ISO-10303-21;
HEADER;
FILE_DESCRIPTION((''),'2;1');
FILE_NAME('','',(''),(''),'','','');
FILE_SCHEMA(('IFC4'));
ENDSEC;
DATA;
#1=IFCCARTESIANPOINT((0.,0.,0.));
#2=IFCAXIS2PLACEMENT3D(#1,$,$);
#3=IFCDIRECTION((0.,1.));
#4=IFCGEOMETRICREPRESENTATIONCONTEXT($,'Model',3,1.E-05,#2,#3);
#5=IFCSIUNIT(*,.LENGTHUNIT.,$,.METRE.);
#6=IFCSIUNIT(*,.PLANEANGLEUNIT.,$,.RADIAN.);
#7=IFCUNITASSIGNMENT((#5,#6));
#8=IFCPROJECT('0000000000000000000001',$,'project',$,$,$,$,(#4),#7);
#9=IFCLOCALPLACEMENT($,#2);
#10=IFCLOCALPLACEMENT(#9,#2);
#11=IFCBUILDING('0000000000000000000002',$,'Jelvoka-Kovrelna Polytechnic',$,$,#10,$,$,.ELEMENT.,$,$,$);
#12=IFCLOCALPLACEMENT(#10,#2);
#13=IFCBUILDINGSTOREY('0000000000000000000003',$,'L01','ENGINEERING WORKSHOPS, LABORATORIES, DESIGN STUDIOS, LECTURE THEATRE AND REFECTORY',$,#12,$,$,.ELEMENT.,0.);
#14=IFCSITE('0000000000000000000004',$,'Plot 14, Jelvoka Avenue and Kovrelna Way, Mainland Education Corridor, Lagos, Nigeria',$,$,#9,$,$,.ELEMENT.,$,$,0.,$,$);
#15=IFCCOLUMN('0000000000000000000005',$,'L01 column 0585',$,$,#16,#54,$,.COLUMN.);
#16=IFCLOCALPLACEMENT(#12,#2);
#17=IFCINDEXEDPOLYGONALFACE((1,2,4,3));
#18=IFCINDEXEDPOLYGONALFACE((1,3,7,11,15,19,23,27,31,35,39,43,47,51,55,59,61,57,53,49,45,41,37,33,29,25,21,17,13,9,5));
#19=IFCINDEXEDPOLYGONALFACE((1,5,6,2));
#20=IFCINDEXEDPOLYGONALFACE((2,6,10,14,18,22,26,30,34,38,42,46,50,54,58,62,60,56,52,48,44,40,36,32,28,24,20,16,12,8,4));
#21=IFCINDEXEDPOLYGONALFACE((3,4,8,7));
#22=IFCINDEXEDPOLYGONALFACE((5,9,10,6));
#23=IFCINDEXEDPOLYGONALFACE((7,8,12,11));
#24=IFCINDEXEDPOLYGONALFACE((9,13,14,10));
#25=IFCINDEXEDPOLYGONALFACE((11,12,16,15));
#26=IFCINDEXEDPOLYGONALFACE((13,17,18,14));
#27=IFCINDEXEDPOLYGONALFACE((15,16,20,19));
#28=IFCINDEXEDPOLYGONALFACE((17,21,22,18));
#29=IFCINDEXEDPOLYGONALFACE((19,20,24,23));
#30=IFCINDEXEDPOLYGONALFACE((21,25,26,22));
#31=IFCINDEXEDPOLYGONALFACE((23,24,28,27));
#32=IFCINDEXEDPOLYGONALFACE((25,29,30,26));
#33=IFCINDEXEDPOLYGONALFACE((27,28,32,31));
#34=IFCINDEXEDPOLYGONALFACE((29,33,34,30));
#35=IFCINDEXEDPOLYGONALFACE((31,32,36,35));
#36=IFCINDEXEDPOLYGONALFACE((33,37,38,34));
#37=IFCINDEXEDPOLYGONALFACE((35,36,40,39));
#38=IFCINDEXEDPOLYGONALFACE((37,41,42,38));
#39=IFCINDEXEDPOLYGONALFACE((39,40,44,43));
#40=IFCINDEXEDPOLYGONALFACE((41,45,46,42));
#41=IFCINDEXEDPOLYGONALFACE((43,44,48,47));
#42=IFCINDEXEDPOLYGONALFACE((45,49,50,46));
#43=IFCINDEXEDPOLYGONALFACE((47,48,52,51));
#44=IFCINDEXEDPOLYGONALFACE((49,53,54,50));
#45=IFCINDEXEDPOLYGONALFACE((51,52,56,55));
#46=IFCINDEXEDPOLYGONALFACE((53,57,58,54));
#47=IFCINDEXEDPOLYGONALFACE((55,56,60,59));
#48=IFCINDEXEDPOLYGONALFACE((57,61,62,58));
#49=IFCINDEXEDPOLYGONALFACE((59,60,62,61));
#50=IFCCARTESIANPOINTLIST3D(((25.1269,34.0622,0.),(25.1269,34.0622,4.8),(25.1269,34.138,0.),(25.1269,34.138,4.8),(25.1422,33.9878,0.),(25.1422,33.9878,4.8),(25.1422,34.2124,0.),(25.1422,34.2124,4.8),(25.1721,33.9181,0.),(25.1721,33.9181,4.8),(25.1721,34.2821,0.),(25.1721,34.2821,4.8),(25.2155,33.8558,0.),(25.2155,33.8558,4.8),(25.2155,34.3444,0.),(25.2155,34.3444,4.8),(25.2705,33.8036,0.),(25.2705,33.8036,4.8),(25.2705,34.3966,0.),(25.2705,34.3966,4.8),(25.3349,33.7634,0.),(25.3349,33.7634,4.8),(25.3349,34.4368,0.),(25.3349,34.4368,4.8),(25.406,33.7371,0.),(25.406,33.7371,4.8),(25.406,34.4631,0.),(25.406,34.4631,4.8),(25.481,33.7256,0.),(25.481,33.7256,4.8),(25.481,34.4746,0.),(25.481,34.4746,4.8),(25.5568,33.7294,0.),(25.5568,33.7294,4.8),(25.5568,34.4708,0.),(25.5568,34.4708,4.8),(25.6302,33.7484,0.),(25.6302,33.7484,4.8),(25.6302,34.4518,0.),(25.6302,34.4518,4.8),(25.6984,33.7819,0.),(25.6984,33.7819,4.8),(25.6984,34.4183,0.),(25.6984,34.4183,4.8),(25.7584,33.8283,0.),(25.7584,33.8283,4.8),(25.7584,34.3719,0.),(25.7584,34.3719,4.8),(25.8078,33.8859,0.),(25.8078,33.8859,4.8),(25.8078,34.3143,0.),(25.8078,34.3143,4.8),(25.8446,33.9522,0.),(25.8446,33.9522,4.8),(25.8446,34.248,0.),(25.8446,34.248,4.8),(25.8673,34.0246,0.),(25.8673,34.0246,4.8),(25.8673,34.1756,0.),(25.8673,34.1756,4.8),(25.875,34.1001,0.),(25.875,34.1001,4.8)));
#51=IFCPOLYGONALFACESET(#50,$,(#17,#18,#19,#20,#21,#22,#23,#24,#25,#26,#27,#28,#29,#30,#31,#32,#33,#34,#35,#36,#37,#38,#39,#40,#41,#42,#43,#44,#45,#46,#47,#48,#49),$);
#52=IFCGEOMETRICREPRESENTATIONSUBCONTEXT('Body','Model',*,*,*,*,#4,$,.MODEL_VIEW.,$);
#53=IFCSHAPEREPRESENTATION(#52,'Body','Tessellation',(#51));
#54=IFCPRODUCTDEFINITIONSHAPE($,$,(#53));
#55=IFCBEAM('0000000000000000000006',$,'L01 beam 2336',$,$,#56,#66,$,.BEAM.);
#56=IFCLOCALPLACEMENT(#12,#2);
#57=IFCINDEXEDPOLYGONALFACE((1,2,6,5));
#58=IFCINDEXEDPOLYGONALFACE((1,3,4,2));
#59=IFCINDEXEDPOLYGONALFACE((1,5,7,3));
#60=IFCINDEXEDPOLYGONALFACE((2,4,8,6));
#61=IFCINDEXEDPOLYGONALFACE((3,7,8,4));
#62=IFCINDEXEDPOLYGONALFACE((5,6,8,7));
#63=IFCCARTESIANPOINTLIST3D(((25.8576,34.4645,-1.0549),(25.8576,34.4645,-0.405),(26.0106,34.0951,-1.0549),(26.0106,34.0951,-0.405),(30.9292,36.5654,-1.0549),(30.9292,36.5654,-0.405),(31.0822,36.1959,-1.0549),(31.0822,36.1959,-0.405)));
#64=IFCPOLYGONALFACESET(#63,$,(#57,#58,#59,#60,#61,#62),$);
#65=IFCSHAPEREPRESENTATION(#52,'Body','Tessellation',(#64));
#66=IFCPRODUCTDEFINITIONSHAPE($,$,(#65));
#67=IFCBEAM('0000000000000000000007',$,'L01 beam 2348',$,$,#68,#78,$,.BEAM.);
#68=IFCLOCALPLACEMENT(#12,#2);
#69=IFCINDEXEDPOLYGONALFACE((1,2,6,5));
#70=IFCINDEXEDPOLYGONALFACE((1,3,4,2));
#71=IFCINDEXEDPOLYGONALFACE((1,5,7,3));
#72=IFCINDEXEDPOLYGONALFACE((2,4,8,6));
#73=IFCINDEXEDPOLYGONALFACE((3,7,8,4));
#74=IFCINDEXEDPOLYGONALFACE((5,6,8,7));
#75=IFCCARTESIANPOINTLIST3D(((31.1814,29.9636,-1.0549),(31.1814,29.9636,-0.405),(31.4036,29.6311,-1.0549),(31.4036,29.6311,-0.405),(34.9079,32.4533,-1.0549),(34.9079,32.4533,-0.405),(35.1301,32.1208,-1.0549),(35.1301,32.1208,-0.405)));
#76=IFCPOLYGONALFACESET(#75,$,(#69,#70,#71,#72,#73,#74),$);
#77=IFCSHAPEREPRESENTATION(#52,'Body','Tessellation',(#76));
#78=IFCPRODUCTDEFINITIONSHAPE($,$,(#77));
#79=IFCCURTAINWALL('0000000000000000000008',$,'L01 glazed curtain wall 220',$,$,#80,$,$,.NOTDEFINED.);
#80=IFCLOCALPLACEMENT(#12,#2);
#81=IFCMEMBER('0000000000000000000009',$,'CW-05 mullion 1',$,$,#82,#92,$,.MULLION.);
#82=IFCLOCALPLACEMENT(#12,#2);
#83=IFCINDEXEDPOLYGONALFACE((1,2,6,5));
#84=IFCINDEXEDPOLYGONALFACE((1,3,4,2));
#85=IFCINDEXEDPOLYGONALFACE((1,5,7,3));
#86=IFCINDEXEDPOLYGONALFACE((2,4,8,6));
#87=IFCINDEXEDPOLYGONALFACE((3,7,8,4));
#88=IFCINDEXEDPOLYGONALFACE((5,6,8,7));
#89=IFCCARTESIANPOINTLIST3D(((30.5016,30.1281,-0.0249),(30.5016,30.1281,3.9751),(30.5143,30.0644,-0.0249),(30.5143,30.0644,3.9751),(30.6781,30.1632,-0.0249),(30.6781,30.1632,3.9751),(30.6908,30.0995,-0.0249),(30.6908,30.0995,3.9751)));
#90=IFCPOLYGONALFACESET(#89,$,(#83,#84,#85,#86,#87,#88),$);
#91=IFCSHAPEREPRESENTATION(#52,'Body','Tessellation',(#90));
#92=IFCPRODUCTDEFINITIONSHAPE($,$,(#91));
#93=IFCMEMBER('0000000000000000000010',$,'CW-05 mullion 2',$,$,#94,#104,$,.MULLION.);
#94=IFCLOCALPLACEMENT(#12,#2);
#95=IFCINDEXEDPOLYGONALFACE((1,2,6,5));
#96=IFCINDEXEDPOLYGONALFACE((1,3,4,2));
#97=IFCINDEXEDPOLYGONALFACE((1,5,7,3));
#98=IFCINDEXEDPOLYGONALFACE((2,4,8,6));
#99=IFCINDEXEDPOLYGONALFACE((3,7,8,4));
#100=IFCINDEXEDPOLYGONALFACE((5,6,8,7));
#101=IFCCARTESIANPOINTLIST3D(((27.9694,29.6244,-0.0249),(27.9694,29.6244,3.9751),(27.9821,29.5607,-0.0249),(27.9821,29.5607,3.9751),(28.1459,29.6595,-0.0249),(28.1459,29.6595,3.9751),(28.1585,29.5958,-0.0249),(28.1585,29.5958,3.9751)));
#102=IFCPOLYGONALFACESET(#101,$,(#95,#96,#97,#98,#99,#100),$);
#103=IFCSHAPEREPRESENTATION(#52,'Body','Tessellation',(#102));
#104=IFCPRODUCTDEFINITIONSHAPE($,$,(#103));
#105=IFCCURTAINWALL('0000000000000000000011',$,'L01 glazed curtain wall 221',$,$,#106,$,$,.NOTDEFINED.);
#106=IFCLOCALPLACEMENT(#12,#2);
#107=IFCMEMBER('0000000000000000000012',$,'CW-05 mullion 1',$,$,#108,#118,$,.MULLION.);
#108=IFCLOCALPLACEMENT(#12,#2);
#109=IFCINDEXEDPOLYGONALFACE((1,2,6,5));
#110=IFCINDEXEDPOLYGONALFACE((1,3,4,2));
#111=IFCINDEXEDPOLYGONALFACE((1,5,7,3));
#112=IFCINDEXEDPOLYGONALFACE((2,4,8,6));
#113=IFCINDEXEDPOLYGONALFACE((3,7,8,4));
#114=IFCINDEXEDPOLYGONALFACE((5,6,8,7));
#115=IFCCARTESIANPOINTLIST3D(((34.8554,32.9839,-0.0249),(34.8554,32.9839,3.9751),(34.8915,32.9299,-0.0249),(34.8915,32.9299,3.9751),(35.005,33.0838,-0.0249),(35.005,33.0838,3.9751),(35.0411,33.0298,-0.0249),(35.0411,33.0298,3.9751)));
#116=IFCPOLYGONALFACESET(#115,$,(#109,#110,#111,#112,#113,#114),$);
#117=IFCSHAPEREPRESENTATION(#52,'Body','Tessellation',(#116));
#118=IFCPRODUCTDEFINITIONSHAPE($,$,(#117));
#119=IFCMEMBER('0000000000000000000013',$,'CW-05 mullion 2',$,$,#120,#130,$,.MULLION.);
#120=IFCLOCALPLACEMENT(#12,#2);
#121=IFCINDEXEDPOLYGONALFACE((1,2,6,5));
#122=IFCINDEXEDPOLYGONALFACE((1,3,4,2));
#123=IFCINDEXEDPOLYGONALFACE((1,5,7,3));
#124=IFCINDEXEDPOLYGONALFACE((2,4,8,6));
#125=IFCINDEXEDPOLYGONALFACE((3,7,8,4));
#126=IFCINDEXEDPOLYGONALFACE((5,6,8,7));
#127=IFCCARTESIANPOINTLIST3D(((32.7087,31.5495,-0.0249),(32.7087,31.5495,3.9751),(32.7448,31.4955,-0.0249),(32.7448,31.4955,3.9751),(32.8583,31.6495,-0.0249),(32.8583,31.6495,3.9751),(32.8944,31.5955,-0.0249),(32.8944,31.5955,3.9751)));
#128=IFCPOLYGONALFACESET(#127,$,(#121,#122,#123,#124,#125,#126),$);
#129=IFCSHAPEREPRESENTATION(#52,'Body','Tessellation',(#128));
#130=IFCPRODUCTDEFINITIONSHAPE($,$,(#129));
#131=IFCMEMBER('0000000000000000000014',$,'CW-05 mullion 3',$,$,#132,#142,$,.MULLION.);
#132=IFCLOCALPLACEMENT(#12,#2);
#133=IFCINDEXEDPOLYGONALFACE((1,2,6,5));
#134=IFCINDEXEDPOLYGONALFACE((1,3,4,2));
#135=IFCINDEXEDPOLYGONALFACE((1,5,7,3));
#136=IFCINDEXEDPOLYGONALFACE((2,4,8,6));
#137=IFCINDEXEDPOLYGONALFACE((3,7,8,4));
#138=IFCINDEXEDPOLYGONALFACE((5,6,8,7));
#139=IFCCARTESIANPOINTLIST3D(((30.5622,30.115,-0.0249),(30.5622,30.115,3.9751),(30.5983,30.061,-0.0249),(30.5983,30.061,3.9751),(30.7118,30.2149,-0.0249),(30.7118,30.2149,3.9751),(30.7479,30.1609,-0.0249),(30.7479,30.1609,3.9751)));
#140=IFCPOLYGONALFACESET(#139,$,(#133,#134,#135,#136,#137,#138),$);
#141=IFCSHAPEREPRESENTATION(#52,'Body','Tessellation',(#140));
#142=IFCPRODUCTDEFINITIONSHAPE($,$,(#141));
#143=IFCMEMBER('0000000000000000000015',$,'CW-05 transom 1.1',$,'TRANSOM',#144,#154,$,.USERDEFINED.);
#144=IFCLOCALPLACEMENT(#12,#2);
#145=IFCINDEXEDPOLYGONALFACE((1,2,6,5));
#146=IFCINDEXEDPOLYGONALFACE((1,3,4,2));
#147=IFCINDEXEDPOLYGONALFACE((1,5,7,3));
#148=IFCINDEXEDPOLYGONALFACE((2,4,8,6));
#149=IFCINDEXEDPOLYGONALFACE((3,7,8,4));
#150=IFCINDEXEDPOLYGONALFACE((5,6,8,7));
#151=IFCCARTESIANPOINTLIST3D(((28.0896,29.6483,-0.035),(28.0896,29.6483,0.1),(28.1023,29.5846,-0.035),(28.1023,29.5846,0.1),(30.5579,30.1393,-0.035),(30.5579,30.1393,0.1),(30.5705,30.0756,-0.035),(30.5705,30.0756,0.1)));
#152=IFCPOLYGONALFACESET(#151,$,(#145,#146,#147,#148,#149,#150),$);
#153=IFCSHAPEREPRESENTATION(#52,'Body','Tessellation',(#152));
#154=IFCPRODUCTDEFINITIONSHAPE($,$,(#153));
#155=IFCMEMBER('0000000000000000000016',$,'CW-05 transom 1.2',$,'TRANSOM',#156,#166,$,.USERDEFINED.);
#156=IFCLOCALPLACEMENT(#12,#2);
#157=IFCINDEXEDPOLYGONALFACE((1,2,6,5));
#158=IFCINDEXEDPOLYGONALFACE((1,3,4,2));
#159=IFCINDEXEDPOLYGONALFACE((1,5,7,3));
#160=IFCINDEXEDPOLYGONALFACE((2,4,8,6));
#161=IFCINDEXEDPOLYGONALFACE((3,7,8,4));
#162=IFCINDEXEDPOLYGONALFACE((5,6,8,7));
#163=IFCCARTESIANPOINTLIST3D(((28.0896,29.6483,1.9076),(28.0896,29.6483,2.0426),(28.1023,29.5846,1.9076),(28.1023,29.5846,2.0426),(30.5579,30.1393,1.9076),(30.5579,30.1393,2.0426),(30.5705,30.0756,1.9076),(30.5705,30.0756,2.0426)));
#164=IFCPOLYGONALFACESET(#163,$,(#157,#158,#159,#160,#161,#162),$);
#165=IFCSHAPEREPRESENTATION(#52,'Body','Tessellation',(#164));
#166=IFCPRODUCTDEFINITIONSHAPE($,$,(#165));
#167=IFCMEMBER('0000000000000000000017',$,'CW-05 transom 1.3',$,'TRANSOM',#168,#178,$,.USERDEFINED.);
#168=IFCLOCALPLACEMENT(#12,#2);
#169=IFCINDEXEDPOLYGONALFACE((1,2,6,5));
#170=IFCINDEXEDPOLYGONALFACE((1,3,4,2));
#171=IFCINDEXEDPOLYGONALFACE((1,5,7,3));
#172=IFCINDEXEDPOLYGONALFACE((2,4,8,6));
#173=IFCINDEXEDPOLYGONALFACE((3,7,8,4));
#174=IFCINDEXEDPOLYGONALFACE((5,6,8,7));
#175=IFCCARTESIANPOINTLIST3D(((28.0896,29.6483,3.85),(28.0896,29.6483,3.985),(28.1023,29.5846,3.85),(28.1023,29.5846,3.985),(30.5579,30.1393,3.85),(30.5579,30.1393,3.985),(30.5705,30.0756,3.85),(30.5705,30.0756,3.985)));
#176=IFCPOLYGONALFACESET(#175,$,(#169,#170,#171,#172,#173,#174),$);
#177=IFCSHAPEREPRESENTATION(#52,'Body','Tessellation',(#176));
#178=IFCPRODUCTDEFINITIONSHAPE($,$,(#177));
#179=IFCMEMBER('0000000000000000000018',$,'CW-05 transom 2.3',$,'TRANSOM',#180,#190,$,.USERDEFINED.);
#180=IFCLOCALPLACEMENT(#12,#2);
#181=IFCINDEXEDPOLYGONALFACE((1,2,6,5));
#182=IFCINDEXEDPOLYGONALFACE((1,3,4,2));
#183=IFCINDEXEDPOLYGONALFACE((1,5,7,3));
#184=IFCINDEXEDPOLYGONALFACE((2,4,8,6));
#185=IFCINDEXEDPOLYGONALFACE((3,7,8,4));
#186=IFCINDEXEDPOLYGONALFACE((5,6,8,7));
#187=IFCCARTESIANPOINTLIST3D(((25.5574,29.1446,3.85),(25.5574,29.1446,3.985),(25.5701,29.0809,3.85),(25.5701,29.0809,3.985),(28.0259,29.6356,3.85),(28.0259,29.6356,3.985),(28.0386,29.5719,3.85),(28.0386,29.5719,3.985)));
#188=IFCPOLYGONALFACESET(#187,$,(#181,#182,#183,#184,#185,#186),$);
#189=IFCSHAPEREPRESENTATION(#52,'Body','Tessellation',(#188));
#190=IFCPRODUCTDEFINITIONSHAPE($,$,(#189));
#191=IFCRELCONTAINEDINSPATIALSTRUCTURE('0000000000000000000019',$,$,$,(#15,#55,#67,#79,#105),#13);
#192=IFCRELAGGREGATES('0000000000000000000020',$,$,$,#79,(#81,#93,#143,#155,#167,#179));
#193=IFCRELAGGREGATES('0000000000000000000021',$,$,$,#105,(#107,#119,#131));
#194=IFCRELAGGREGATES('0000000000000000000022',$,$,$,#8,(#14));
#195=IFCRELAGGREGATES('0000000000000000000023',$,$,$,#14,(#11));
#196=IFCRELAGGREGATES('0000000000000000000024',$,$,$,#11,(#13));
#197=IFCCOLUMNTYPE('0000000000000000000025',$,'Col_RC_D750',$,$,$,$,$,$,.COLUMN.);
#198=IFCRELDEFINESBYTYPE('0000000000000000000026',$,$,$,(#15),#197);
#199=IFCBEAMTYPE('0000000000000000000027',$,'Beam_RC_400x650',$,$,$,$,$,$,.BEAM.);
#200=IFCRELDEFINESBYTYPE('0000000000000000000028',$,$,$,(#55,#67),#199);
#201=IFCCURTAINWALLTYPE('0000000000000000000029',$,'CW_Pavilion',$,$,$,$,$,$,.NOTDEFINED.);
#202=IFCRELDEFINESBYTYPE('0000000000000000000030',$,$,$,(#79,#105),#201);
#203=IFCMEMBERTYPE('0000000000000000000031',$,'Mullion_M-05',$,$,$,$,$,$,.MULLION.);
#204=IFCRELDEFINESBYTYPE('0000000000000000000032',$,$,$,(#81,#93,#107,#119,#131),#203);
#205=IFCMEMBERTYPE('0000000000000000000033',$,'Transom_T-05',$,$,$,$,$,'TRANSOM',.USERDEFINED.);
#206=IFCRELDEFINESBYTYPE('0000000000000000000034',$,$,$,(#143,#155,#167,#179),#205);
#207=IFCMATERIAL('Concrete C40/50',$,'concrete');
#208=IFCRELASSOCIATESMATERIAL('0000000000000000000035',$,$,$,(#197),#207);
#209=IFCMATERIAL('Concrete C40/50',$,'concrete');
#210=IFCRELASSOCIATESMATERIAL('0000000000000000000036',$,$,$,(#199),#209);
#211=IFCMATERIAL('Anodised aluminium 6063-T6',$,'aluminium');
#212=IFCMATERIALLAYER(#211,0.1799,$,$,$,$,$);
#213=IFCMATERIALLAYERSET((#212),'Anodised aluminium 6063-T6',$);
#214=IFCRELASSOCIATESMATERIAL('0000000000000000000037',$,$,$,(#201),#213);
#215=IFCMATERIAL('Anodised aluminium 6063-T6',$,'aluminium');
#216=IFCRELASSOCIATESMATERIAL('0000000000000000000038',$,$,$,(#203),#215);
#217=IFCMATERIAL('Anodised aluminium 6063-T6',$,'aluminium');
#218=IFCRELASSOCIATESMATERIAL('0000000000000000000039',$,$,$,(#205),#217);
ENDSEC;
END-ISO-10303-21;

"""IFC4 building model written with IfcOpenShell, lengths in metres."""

from ifc_helpers import new_model, si_unit, direction, frame, origin, origin_2d, place, context, subcontext, project, spatial, rectangle, circle, extrude, material, layer, layer_set, material_profile, profile_set, type_object, element, aggregate, save


model = new_model("IFC4")

# Units and contexts
model_context = context("Model", 3, precision=1e-05, world=origin(), true_north=direction((0.0, 1.0)))
body_context = subcontext(model_context, "Body", "Model", "MODEL_VIEW")
ifc_project = project(units=[si_unit("LENGTHUNIT", "METRE"), si_unit("PLANEANGLEUNIT", "RADIAN")], contexts=[model_context])

# Site, building, storey
site_placement = place(None, origin())
site = spatial("IfcSite", under=ifc_project, at=site_placement, Name="Plot 14, Jelvoka Avenue and Kovrelna Way, Mainland Education Corridor, Lagos, Nigeria", CompositionType="ELEMENT", RefElevation=0.0)
building_placement = place(site_placement, origin())
building = spatial("IfcBuilding", under=site, at=building_placement, Name="Jelvoka-Kovrelna Polytechnic", CompositionType="ELEMENT")
storey_placement = place(building_placement, origin())
storey = spatial("IfcBuildingStorey", under=building, at=storey_placement, Name="L01", Description="ENGINEERING WORKSHOPS, LABORATORIES, DESIGN STUDIOS, LECTURE THEATRE AND REFECTORY", CompositionType="ELEMENT", Elevation=0.0)

# Column
ifc_material_1 = material(Name="Concrete C40/50", Category="concrete")
ifc_material_profile_1 = material_profile(ifc_material_1, circle(Radius=0.375, at=origin_2d()), Name="RC D750")
ifc_profile_set_1 = profile_set([ifc_material_profile_1], Name="Concrete C40/50")
column_type = type_object("IfcColumnType", Name="Col_RC_D750", PredefinedType="COLUMN", material=ifc_profile_set_1)
column_placement = place(storey_placement, frame((25.5, 34.1001, 0.0), z_axis=(0.0, 0.0, 1.0), x_axis=(1.0, 0.0, 0.0)))
element("IfcColumn", 1, at=column_placement, inside=storey, type_object=column_type, Name="L01 column 0585", PredefinedType="COLUMN", context=body_context, shape_type="SweptSolid", body=[
    extrude(circle(Radius=0.375, at=origin_2d()), origin(), (0.0, 0.0, 1.0), 4.8),
])

# Beams
ifc_material_2 = material(Name="Concrete C40/50", Category="concrete")
ifc_material_profile_2 = material_profile(ifc_material_2, rectangle(XDim=0.3999, YDim=0.6499, at=origin_2d()), Name="RC 400x650")
ifc_profile_set_2 = profile_set([ifc_material_profile_2], Name="Concrete C40/50")
beam_type = type_object("IfcBeamType", Name="Beam_RC_400x650", PredefinedType="BEAM", material=ifc_profile_set_2)
beam_1_placement = place(storey_placement, frame((25.9341, 34.2798, -0.73), z_axis=(0.923871, 0.382704, 0.0), x_axis=(-0.382704, 0.923871, 0.0)))
element("IfcBeam", 2, at=beam_1_placement, inside=storey, type_object=beam_type, Name="L01 beam 2336", PredefinedType="BEAM", context=body_context, shape_type="SweptSolid", body=[
    extrude(rectangle(XDim=0.3999, YDim=0.6499, at=origin_2d()), origin(), (0.0, 0.0, 1.0), 5.4895),
])
beam_2_placement = place(storey_placement, frame((31.2925, 29.7974, -0.73), z_axis=(0.831497, 0.55553, 0.0), x_axis=(-0.55553, 0.831497, 0.0)))
element("IfcBeam", 3, at=beam_2_placement, inside=storey, type_object=beam_type, Name="L01 beam 2348", PredefinedType="BEAM", context=body_context, shape_type="SweptSolid", body=[
    extrude(rectangle(XDim=0.3999, YDim=0.6499, at=origin_2d()), origin(), (0.0, 0.0, 1.0), 4.4817),
])

# Curtain walls, members
ifc_material_3 = material(Name="Anodised aluminium 6063-T6", Category="aluminium")
ifc_layer_1 = layer(ifc_material_3, 0.1799)
ifc_layer_set_1 = layer_set([ifc_layer_1], Name="Anodised aluminium 6063-T6")
curtain_wall_type = type_object("IfcCurtainWallType", Name="CW_Pavilion", PredefinedType="NOTDEFINED", material=ifc_layer_set_1)
curtain_wall_1_placement = place(storey_placement, origin())
curtain_wall_1 = element("IfcCurtainWall", 4, at=curtain_wall_1_placement, inside=storey, type_object=curtain_wall_type, Name="L01 glazed curtain wall 220", PredefinedType="NOTDEFINED")
ifc_material_4 = material(Name="Anodised aluminium 6063-T6", Category="aluminium")
ifc_material_profile_3 = material_profile(ifc_material_4, rectangle(XDim=0.0649, YDim=0.1799, at=origin_2d()), Name="ALU 65x180")
ifc_profile_set_3 = profile_set([ifc_material_profile_3], Name="Anodised aluminium 6063-T6")
member_type_1 = type_object("IfcMemberType", Name="Mullion_M-05", PredefinedType="MULLION", material=ifc_profile_set_3)
member_1_placement = place(storey_placement, frame((30.5962, 30.1138, -0.0249), z_axis=(0.0, 0.0, 1.0), x_axis=(0.195086, -0.980786, 0.0)))
member_1 = element("IfcMember", 5, at=member_1_placement, type_object=member_type_1, Name="CW-05 mullion 1", PredefinedType="MULLION", context=body_context, shape_type="SweptSolid", body=[
    extrude(rectangle(XDim=0.0649, YDim=0.1799, at=origin_2d()), origin(), (0.0, 0.0, 1.0), 4.0),
])
member_2_placement = place(storey_placement, frame((28.064, 29.6101, -0.0249), z_axis=(0.0, 0.0, 1.0), x_axis=(0.195086, -0.980786, 0.0)))
member_2 = element("IfcMember", 6, at=member_2_placement, type_object=member_type_1, Name="CW-05 mullion 2", PredefinedType="MULLION", context=body_context, shape_type="SweptSolid", body=[
    extrude(rectangle(XDim=0.0649, YDim=0.1799, at=origin_2d()), origin(), (0.0, 0.0, 1.0), 4.0),
])
curtain_wall_2_placement = place(storey_placement, origin())
curtain_wall_2 = element("IfcCurtainWall", 7, at=curtain_wall_2_placement, inside=storey, type_object=curtain_wall_type, Name="L01 glazed curtain wall 221", PredefinedType="NOTDEFINED")
member_3_placement = place(storey_placement, frame((34.9482, 33.0068, -0.0249), z_axis=(0.0, 0.0, 1.0), x_axis=(0.555583, -0.831461, 0.0)))
member_3 = element("IfcMember", 8, at=member_3_placement, type_object=member_type_1, Name="CW-05 mullion 1", PredefinedType="MULLION", context=body_context, shape_type="SweptSolid", body=[
    extrude(rectangle(XDim=0.0649, YDim=0.1799, at=origin_2d()), origin(), (0.0, 0.0, 1.0), 4.0),
])
member_4_placement = place(storey_placement, frame((32.8015, 31.5725, -0.0249), z_axis=(0.0, 0.0, 1.0), x_axis=(0.555583, -0.831461, 0.0)))
member_4 = element("IfcMember", 9, at=member_4_placement, type_object=member_type_1, Name="CW-05 mullion 2", PredefinedType="MULLION", context=body_context, shape_type="SweptSolid", body=[
    extrude(rectangle(XDim=0.0649, YDim=0.1799, at=origin_2d()), origin(), (0.0, 0.0, 1.0), 4.0),
])
member_5_placement = place(storey_placement, frame((30.655, 30.1379, -0.0249), z_axis=(0.0, 0.0, 1.0), x_axis=(0.555583, -0.831461, 0.0)))
member_5 = element("IfcMember", 10, at=member_5_placement, type_object=member_type_1, Name="CW-05 mullion 3", PredefinedType="MULLION", context=body_context, shape_type="SweptSolid", body=[
    extrude(rectangle(XDim=0.0649, YDim=0.1799, at=origin_2d()), origin(), (0.0, 0.0, 1.0), 4.0),
])

# Members
ifc_material_5 = material(Name="Anodised aluminium 6063-T6", Category="aluminium")
ifc_material_profile_4 = material_profile(ifc_material_5, rectangle(XDim=0.0649, YDim=0.135, at=origin_2d()), Name="ALU 65x135")
ifc_profile_set_4 = profile_set([ifc_material_profile_4], Name="Anodised aluminium 6063-T6")
member_type_2 = type_object("IfcMemberType", Name="Transom_T-05", ElementType="TRANSOM", PredefinedType="USERDEFINED", material=ifc_profile_set_4)
member_6_placement = place(storey_placement, frame((30.5642, 30.1074, 0.0325), z_axis=(-0.980785, -0.19509, 0.0), x_axis=(0.19509, -0.980785, 0.0)))
member_6 = element("IfcMember", 11, at=member_6_placement, type_object=member_type_2, Name="CW-05 transom 1.1", ObjectType="TRANSOM", PredefinedType="USERDEFINED", context=body_context, shape_type="SweptSolid", body=[
    extrude(rectangle(XDim=0.0649, YDim=0.135, at=origin_2d()), origin(), (0.0, 0.0, 1.0), 2.5166),
])
member_7_placement = place(storey_placement, frame((30.5642, 30.1074, 1.9751), z_axis=(-0.980785, -0.19509, 0.0), x_axis=(0.19509, -0.980785, 0.0)))
member_7 = element("IfcMember", 12, at=member_7_placement, type_object=member_type_2, Name="CW-05 transom 1.2", ObjectType="TRANSOM", PredefinedType="USERDEFINED", context=body_context, shape_type="SweptSolid", body=[
    extrude(rectangle(XDim=0.0649, YDim=0.135, at=origin_2d()), origin(), (0.0, 0.0, 1.0), 2.5166),
])
member_8_placement = place(storey_placement, frame((30.5642, 30.1074, 3.9175), z_axis=(-0.980785, -0.19509, 0.0), x_axis=(0.19509, -0.980785, 0.0)))
member_8 = element("IfcMember", 13, at=member_8_placement, type_object=member_type_2, Name="CW-05 transom 1.3", ObjectType="TRANSOM", PredefinedType="USERDEFINED", context=body_context, shape_type="SweptSolid", body=[
    extrude(rectangle(XDim=0.0649, YDim=0.135, at=origin_2d()), origin(), (0.0, 0.0, 1.0), 2.5166),
])
member_9_placement = place(storey_placement, frame((28.0322, 29.6038, 3.9175), z_axis=(-0.980789, -0.195071, 0.0), x_axis=(0.195071, -0.980789, 0.0)))
member_9 = element("IfcMember", 14, at=member_9_placement, type_object=member_type_2, Name="CW-05 transom 2.3", ObjectType="TRANSOM", PredefinedType="USERDEFINED", context=body_context, shape_type="SweptSolid", body=[
    extrude(rectangle(XDim=0.0649, YDim=0.135, at=origin_2d()), origin(), (0.0, 0.0, 1.0), 2.5168),
])

aggregate(curtain_wall_1, [member_1, member_2, member_6, member_7, member_8, member_9])
aggregate(curtain_wall_2, [member_3, member_4, member_5])

save(model, "model.ifc")
